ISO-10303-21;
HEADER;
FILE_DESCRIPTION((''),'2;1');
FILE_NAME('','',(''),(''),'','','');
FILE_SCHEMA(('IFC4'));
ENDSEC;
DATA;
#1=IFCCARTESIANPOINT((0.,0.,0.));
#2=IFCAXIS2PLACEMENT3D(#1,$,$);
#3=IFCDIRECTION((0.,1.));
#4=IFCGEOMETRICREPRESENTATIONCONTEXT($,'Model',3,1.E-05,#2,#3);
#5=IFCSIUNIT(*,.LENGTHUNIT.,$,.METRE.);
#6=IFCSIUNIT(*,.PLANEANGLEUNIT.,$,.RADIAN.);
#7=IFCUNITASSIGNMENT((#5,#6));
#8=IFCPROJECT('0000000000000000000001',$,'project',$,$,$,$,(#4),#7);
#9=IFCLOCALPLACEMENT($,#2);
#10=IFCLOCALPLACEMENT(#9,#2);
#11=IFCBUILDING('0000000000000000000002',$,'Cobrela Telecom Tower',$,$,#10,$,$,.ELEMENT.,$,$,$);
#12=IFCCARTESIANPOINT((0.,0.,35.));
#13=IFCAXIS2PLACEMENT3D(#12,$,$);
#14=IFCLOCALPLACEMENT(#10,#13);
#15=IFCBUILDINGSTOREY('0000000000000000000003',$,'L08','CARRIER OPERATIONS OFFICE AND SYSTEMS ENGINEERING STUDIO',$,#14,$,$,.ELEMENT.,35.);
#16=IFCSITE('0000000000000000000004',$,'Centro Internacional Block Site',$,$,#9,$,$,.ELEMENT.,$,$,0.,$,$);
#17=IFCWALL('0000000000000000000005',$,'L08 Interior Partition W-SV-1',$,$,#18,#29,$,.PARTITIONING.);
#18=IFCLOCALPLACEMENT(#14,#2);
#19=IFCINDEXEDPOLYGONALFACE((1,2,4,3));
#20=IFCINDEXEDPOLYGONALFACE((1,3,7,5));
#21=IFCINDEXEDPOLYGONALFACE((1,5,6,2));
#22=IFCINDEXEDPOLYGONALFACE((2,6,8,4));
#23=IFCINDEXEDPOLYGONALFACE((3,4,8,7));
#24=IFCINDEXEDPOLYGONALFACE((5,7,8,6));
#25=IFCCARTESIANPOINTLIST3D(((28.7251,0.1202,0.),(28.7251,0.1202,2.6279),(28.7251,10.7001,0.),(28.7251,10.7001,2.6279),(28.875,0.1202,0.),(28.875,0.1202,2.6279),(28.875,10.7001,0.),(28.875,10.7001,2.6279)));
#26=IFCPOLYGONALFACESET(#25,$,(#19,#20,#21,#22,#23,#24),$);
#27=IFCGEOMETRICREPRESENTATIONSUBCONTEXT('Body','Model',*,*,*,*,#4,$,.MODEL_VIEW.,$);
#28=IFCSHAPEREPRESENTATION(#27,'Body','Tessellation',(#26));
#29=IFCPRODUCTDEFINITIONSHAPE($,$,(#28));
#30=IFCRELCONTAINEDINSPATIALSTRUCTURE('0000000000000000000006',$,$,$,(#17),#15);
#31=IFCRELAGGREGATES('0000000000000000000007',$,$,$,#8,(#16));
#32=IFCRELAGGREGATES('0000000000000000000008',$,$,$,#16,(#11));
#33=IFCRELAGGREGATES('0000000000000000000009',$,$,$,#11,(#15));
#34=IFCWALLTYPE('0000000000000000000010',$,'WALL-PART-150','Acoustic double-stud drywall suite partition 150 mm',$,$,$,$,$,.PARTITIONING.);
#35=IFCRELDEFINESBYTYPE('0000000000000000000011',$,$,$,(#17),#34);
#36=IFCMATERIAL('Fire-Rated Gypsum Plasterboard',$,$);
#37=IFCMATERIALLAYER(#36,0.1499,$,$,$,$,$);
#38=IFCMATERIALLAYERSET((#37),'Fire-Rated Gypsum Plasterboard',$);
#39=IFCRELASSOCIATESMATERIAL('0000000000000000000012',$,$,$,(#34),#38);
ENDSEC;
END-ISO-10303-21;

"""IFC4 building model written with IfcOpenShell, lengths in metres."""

from ifc_helpers import new_model, si_unit, direction, frame, frame_2d, origin, place, context, subcontext, project, spatial, rectangle, extrude, material, layer, layer_set, type_object, element, save


model = new_model("IFC4")

# Units and contexts
model_context = context("Model", 3, precision=1e-05, world=origin(), true_north=direction((0.0, 1.0)))
body_context = subcontext(model_context, "Body", "Model", "MODEL_VIEW")
ifc_project = project(units=[si_unit("LENGTHUNIT", "METRE"), si_unit("PLANEANGLEUNIT", "RADIAN")], contexts=[model_context])

# Site, building, storey
site_placement = place(None, origin())
site = spatial("IfcSite", under=ifc_project, at=site_placement, Name="Centro Internacional Block Site", CompositionType="ELEMENT", RefElevation=0.0)
building_placement = place(site_placement, origin())
building = spatial("IfcBuilding", under=site, at=building_placement, Name="Cobrela Telecom Tower", CompositionType="ELEMENT")
storey_placement = place(building_placement, frame((0.0, 0.0, 35.0)))
storey = spatial("IfcBuildingStorey", under=building, at=storey_placement, Name="L08", Description="CARRIER OPERATIONS OFFICE AND SYSTEMS ENGINEERING STUDIO", CompositionType="ELEMENT", Elevation=35.0)

# Wall
ifc_material_1 = material(Name="Fire-Rated Gypsum Plasterboard")
ifc_layer_1 = layer(ifc_material_1, 0.1499)
ifc_layer_set_1 = layer_set([ifc_layer_1], Name="Fire-Rated Gypsum Plasterboard")
wall_type = type_object("IfcWallType", Name="WALL-PART-150", Description="Acoustic double-stud drywall suite partition 150 mm", PredefinedType="PARTITIONING", material=ifc_layer_set_1)
wall_1_placement = place(storey_placement, frame((28.8, 0.1201, 0.0), z_axis=(0.0, 0.0, 1.0), x_axis=(0.0, 1.0, 0.0)))
element("IfcWall", 1, at=wall_1_placement, inside=storey, type_object=wall_type, Name="L08 Interior Partition W-SV-1", PredefinedType="PARTITIONING", context=body_context, shape_type="SweptSolid", body=[
    extrude(rectangle(XDim=10.5798, YDim=0.1499, at=frame_2d((5.29, 0.0))), origin(), (0.0, 0.0, 1.0), 2.6279),
])

save(model, "model.ifc")
